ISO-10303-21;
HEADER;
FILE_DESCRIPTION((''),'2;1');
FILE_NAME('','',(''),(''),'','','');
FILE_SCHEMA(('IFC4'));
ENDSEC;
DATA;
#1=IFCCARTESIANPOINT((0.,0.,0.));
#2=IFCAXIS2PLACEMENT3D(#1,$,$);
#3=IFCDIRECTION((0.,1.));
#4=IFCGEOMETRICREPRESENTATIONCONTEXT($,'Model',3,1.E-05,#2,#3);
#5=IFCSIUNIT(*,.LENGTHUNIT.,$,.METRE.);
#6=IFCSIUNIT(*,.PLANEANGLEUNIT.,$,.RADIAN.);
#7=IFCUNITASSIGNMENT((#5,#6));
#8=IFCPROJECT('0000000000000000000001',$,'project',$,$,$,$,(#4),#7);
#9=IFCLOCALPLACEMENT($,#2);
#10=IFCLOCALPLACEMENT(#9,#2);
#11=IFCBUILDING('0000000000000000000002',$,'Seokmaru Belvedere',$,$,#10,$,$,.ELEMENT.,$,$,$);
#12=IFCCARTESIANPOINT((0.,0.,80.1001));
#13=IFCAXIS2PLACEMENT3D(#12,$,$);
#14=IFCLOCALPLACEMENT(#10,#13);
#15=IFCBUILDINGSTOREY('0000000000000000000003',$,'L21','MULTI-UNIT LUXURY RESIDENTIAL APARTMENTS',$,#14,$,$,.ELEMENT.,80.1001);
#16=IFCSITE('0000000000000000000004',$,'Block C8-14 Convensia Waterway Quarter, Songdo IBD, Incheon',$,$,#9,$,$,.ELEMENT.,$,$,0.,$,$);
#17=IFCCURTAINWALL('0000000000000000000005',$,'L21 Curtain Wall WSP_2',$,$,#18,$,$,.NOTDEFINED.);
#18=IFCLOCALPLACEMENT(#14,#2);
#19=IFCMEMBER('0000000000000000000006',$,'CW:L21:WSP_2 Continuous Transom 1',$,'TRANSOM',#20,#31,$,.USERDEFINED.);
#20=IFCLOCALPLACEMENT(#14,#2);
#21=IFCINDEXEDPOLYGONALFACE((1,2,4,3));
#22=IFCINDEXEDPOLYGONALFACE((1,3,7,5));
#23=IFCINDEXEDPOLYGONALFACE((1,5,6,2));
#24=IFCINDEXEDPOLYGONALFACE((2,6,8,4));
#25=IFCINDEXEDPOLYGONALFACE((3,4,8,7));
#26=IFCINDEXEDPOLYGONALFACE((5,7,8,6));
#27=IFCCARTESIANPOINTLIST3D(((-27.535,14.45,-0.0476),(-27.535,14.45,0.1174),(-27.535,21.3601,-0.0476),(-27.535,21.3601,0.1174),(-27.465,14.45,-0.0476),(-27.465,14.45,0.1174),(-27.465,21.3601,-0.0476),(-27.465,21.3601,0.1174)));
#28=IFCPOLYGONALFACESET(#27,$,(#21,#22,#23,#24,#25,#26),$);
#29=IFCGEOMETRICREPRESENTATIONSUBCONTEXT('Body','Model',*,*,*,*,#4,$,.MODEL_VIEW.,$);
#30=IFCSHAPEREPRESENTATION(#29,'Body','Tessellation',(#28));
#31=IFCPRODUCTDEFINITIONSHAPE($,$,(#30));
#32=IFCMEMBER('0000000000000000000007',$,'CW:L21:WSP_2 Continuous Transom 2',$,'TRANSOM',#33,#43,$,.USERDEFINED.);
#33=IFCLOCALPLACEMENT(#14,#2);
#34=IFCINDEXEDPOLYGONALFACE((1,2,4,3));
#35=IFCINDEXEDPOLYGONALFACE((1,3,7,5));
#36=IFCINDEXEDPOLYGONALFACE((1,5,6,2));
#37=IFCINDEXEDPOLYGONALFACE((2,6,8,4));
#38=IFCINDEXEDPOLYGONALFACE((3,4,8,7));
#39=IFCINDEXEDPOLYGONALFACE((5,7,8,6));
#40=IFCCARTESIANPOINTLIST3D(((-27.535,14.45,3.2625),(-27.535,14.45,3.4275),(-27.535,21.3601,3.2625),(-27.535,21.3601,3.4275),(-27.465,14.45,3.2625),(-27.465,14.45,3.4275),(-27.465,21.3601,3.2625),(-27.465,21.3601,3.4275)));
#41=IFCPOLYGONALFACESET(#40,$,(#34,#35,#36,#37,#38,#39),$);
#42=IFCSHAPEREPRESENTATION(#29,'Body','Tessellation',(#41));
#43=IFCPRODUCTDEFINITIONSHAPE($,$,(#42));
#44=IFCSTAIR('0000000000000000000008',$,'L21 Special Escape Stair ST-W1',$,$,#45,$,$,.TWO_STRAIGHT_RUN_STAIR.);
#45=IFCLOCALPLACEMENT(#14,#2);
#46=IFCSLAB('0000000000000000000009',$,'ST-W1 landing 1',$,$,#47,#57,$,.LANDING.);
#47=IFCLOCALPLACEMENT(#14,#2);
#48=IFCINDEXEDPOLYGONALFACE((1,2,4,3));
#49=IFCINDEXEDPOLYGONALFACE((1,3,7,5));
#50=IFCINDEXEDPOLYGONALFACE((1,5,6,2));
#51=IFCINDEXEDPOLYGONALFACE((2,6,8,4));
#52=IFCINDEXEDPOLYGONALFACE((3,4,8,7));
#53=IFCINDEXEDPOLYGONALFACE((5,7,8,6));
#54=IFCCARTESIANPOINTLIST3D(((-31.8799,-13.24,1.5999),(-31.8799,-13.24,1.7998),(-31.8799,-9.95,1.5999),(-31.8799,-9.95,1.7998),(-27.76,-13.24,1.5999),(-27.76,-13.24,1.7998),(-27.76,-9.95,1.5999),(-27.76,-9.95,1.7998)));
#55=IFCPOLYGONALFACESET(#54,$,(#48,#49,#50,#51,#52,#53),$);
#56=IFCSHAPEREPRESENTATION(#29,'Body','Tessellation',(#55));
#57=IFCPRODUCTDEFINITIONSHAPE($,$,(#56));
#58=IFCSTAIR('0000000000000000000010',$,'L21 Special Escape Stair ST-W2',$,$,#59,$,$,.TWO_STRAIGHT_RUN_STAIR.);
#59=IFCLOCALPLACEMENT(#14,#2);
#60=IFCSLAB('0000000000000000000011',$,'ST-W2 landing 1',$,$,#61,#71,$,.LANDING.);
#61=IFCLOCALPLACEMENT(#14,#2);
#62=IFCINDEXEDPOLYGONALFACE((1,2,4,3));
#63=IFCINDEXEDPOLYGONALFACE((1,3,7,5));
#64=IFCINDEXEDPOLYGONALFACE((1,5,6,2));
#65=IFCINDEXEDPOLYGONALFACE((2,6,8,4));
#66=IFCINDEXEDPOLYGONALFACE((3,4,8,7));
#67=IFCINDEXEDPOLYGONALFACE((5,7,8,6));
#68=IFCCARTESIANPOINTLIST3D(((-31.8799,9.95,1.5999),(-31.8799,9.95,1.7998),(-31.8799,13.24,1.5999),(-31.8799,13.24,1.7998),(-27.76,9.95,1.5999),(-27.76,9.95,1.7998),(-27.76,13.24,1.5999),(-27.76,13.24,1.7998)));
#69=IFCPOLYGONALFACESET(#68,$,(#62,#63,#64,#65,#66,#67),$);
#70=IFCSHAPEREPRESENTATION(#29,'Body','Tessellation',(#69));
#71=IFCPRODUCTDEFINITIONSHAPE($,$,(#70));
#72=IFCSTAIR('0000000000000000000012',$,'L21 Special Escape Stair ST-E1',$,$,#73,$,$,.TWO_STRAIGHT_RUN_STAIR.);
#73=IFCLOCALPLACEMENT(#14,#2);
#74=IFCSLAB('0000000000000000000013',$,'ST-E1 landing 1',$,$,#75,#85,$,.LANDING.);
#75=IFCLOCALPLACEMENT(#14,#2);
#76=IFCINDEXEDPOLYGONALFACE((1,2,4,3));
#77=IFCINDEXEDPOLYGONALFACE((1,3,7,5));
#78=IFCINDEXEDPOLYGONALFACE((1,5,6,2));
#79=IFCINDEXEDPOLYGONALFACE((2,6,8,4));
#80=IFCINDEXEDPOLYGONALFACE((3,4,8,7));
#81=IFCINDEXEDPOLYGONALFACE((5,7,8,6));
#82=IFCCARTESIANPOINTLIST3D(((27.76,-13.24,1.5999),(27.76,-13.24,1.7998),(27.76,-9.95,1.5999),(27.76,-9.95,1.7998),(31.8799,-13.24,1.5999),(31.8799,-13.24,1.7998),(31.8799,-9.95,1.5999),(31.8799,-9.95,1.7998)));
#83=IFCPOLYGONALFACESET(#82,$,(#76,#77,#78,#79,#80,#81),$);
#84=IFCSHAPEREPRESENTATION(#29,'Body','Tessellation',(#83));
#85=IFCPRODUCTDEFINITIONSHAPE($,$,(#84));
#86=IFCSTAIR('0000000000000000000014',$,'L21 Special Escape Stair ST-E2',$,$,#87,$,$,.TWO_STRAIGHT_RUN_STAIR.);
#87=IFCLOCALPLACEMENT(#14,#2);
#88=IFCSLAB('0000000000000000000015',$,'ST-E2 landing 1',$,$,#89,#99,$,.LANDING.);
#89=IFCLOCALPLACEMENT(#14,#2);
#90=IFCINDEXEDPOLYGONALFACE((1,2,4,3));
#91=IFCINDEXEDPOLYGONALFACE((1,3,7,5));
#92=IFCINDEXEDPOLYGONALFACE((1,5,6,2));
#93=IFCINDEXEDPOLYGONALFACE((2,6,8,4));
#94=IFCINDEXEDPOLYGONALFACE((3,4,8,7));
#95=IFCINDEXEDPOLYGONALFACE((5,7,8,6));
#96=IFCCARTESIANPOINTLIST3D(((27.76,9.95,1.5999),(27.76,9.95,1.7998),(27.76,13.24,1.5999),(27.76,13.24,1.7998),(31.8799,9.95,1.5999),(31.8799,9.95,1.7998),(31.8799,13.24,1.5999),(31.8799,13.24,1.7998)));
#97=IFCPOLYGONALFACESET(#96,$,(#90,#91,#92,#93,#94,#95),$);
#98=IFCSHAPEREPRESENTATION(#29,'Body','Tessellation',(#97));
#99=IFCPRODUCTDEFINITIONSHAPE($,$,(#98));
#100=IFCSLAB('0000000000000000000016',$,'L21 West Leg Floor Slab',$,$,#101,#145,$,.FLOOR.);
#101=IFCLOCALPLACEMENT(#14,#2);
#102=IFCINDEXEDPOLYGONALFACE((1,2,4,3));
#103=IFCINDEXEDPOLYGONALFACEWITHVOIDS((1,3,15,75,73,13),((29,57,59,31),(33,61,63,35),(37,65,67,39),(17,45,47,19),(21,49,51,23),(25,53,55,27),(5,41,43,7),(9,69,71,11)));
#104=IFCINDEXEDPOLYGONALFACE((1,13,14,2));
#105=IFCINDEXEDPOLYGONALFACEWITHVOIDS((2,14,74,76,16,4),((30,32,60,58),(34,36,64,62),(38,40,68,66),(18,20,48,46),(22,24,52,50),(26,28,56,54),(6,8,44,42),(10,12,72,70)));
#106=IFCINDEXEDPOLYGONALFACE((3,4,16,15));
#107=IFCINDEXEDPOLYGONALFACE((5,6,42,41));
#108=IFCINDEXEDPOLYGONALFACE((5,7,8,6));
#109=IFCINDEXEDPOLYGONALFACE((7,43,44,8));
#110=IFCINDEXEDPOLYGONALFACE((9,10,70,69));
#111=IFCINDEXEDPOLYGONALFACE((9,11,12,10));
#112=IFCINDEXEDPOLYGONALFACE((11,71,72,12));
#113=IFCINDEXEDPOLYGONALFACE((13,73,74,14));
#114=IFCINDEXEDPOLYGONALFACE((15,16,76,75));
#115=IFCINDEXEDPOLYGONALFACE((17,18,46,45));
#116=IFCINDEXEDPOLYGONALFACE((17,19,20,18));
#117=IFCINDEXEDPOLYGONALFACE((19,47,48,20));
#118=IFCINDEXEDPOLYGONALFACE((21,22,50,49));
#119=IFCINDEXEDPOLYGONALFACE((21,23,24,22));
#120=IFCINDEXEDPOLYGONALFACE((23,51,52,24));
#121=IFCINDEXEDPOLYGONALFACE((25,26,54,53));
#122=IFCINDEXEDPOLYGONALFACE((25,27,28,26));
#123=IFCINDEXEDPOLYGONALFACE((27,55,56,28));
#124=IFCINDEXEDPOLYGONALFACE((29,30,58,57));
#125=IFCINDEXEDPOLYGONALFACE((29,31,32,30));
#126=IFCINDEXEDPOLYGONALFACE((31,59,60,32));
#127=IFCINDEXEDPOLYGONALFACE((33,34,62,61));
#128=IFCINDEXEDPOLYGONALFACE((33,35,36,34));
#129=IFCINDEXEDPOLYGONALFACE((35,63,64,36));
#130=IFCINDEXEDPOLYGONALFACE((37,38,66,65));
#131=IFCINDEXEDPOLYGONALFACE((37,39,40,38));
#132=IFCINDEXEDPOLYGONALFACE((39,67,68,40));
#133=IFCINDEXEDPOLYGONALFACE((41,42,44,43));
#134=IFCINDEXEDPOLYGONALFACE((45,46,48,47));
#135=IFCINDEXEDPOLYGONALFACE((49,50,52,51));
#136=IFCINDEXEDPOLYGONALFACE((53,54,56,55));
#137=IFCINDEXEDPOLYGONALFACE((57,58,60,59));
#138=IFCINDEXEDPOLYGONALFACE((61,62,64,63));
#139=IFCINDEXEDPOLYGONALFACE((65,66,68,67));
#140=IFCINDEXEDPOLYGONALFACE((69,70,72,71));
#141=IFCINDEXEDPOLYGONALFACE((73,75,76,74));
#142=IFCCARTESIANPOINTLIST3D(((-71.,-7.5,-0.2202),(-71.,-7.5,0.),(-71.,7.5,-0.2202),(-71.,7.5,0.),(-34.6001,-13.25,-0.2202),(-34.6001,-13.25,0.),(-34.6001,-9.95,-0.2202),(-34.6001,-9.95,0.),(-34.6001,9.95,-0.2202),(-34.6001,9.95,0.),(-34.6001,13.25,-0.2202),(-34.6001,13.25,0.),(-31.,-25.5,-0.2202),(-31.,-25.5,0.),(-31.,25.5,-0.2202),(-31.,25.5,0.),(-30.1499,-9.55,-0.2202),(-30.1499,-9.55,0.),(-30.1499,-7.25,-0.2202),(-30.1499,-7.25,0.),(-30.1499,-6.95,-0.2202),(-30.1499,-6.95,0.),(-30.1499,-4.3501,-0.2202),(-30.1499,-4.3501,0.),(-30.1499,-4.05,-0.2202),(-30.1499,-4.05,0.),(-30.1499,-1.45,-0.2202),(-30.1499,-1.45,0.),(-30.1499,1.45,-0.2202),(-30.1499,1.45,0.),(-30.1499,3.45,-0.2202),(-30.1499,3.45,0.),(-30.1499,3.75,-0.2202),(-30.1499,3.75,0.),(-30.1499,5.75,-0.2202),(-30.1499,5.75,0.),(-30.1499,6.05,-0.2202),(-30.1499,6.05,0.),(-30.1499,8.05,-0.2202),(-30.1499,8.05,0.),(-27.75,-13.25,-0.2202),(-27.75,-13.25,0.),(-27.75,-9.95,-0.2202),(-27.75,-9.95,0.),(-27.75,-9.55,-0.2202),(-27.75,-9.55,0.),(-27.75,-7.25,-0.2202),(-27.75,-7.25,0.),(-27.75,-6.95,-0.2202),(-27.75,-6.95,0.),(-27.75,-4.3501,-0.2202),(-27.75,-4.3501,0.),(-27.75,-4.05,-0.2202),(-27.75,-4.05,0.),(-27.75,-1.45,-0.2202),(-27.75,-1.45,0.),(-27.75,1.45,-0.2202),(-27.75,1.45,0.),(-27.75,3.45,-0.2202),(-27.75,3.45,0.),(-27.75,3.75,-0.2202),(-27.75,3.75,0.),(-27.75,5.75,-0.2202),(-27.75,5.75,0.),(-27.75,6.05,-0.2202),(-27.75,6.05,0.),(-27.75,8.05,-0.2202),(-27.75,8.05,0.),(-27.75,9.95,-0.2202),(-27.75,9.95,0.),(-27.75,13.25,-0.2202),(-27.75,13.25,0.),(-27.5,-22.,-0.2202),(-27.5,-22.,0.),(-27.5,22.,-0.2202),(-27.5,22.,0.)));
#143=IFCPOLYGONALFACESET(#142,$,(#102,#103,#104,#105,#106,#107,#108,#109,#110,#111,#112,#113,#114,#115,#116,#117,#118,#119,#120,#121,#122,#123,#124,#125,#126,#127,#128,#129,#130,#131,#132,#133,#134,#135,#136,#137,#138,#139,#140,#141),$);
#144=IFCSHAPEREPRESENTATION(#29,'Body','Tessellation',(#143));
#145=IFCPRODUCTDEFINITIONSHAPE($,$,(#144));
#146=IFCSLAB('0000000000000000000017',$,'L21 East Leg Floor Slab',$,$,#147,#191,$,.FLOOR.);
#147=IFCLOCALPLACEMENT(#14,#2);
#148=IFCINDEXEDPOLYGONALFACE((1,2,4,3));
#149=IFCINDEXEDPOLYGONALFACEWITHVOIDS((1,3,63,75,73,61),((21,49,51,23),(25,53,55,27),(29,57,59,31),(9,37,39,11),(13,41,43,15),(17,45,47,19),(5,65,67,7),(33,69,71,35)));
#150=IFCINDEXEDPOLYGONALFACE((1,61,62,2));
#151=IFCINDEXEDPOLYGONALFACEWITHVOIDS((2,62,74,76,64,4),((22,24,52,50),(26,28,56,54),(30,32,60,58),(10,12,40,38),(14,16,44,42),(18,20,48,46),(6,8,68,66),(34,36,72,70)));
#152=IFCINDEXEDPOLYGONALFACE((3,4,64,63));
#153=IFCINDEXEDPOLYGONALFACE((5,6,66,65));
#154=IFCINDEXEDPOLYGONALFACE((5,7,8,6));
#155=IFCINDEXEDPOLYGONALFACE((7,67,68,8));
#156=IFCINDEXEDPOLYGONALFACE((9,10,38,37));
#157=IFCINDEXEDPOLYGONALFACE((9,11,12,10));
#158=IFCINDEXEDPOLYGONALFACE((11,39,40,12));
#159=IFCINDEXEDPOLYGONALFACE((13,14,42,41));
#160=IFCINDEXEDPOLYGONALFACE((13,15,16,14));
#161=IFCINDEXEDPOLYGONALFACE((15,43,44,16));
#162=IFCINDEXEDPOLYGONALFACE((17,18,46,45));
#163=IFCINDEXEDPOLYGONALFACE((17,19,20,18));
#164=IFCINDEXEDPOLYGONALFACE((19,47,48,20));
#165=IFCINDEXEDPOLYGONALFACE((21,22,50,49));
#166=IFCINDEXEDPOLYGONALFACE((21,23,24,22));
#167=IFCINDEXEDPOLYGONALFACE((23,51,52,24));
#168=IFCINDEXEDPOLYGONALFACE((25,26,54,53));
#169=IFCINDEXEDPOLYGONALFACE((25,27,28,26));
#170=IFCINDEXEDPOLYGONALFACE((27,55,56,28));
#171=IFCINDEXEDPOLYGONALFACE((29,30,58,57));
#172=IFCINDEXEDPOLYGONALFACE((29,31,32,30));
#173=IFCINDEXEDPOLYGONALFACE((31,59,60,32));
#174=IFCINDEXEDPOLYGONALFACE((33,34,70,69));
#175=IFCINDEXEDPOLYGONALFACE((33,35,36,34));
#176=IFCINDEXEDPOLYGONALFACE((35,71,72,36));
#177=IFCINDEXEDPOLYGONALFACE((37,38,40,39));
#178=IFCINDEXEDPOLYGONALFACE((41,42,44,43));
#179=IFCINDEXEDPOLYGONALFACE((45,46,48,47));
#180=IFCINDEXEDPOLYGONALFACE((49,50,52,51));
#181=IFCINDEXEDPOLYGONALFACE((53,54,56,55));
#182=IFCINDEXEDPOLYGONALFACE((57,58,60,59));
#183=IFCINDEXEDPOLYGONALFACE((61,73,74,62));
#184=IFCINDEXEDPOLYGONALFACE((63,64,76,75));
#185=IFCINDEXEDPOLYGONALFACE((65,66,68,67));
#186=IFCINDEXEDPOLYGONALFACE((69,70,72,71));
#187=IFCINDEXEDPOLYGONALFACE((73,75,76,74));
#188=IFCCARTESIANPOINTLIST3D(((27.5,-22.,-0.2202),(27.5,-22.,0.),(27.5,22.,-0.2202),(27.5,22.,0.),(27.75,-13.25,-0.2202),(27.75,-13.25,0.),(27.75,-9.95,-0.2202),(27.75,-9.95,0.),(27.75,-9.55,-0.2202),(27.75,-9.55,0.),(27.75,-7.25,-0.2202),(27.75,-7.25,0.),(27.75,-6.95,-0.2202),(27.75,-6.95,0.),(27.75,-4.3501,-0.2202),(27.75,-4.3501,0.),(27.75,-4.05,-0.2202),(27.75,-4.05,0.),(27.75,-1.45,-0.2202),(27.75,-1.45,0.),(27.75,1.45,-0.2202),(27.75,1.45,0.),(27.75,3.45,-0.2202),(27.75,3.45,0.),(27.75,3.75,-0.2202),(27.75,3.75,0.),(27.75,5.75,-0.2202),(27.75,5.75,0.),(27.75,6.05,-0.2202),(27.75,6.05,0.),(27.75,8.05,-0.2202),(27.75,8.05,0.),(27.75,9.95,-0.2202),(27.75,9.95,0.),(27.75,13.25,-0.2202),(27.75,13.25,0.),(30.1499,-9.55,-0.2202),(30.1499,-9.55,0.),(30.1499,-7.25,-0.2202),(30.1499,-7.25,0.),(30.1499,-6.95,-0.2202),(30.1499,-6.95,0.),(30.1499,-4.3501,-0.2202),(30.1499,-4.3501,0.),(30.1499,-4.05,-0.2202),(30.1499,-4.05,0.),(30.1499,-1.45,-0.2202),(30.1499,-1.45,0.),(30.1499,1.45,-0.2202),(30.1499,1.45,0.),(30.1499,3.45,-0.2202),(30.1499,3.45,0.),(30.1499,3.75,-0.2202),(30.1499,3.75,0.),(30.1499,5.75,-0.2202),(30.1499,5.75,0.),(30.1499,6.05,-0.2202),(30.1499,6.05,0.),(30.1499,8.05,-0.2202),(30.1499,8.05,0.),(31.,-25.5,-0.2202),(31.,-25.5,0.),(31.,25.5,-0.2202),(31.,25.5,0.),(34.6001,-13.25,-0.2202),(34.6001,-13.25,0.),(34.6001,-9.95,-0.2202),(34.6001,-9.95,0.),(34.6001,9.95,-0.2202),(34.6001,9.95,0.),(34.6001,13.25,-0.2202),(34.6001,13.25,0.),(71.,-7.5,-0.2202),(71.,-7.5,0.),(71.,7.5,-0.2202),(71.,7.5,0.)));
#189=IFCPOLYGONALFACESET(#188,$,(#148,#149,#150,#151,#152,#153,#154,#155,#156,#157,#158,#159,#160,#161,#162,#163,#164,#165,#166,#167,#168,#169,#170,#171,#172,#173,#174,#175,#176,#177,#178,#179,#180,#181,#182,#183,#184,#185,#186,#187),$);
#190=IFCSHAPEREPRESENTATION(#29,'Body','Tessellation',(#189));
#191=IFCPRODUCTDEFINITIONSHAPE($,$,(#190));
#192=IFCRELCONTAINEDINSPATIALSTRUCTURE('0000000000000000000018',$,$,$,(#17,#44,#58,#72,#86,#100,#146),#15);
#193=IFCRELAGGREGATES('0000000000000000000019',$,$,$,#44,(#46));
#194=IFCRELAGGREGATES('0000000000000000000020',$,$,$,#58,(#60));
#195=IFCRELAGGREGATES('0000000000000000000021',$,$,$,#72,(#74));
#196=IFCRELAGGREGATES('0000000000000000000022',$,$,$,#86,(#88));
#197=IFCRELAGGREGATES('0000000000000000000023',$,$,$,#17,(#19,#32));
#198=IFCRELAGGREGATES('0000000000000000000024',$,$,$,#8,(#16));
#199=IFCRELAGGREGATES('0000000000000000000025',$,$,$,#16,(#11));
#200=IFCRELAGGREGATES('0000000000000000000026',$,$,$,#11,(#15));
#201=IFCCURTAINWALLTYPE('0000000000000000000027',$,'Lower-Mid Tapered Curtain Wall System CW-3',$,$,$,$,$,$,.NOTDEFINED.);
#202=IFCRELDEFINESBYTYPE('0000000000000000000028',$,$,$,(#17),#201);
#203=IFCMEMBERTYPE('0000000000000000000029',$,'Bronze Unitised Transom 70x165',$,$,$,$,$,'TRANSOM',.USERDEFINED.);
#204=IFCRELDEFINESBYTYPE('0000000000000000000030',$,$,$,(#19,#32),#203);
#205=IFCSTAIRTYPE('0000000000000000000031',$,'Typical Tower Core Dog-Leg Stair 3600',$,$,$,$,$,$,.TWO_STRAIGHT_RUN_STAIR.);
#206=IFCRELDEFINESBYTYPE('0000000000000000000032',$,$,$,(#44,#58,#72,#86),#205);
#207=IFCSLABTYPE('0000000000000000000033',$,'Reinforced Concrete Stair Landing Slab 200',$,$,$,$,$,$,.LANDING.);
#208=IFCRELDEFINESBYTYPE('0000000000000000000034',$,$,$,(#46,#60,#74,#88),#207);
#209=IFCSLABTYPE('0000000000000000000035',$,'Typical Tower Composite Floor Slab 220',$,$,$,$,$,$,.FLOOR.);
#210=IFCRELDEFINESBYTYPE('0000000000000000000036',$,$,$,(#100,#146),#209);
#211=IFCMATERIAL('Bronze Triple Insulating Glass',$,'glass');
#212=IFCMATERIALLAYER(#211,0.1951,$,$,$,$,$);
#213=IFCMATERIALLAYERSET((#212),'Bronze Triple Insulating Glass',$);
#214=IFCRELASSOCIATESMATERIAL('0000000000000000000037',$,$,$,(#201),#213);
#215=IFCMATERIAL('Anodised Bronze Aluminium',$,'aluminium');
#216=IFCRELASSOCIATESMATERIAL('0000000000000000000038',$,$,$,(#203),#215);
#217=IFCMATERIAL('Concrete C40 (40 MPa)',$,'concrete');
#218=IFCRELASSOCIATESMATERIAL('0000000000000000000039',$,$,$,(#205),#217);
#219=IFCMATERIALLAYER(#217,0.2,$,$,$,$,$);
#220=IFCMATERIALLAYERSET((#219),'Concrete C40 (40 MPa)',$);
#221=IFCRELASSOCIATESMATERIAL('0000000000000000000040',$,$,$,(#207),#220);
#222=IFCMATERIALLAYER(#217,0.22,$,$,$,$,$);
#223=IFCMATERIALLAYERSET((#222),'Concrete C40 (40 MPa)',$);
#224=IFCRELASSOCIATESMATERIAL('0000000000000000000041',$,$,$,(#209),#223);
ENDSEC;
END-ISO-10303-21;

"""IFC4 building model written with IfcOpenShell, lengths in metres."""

from ifc_helpers import new_model, si_unit, direction, frame, origin, origin_2d, place, context, subcontext, project, spatial, polyline, rectangle, outline, extrude, source, transform, mapped, material, layer, layer_set, material_profile, profile_set, type_object, type_shapes, element, aggregate, save


model = new_model("IFC4")

# Units and contexts
model_context = context("Model", 3, precision=1e-05, world=origin(), true_north=direction((0.0, 1.0)))
body_context = subcontext(model_context, "Body", "Model", "MODEL_VIEW")
ifc_project = project(units=[si_unit("LENGTHUNIT", "METRE"), si_unit("PLANEANGLEUNIT", "RADIAN")], contexts=[model_context])

# Site, building, storey
site_placement = place(None, origin())
site = spatial("IfcSite", under=ifc_project, at=site_placement, Name="Block C8-14 Convensia Waterway Quarter, Songdo IBD, Incheon", CompositionType="ELEMENT", RefElevation=0.0)
building_placement = place(site_placement, origin())
building = spatial("IfcBuilding", under=site, at=building_placement, Name="Seokmaru Belvedere", CompositionType="ELEMENT")
storey_placement = place(building_placement, frame((0.0, 0.0, 80.1001)))
storey = spatial("IfcBuildingStorey", under=building, at=storey_placement, Name="L21", Description="MULTI-UNIT LUXURY RESIDENTIAL APARTMENTS", CompositionType="ELEMENT", Elevation=80.1001)

# Curtain wall
ifc_material_1 = material(Name="Bronze Triple Insulating Glass", Category="glass")
ifc_layer_1 = layer(ifc_material_1, 0.1951)
ifc_layer_set_1 = layer_set([ifc_layer_1], Name="Bronze Triple Insulating Glass")
curtain_wall_type = type_object("IfcCurtainWallType", Name="Lower-Mid Tapered Curtain Wall System CW-3", PredefinedType="NOTDEFINED", material=ifc_layer_set_1)
ifc_material_2 = material(Name="Anodised Bronze Aluminium", Category="aluminium")
curtain_wall_1_placement = place(storey_placement, origin())
curtain_wall_1 = element("IfcCurtainWall", 1, at=curtain_wall_1_placement, inside=storey, type_object=curtain_wall_type, Name="L21 Curtain Wall WSP_2", PredefinedType="NOTDEFINED")

# Members
ifc_material_profile_1 = material_profile(ifc_material_2, rectangle(XDim=0.0701, YDim=0.165, at=origin_2d()), Name="CW-T-70x165")
ifc_profile_set_1 = profile_set([ifc_material_profile_1], Name="Anodised Bronze Aluminium")
member_type_1 = type_object("IfcMemberType", Name="Bronze Unitised Transom 70x165", ElementType="TRANSOM", PredefinedType="USERDEFINED", material=ifc_profile_set_1)
shared_shape_1 = source(origin(), body_context, "Body", "SweptSolid", [
    extrude(rectangle(XDim=0.0701, YDim=0.165, at=origin_2d()), origin(), (0.0, 0.0, 1.0), 6.9102),
])
type_shapes(member_type_1, [shared_shape_1])
member_1_placement = place(storey_placement, frame((-27.5, 14.45, 0.0349), z_axis=(0.0, 1.0, 0.0), x_axis=(-1.0, 0.0, 0.0)))
member_1 = element("IfcMember", 2, at=member_1_placement, type_object=member_type_1, Name="CW:L21:WSP_2 Continuous Transom 1", ObjectType="TRANSOM", PredefinedType="USERDEFINED", context=body_context, shape_type="MappedRepresentation", body=[
    mapped(shared_shape_1, transform((0.0, 0.0, 0.0), scale=1.0)),
])
member_2_placement = place(storey_placement, frame((-27.5, 14.45, 3.345), z_axis=(0.0, 1.0, 0.0), x_axis=(-1.0, 0.0, 0.0)))
member_2 = element("IfcMember", 3, at=member_2_placement, type_object=member_type_1, Name="CW:L21:WSP_2 Continuous Transom 2", ObjectType="TRANSOM", PredefinedType="USERDEFINED", context=body_context, shape_type="MappedRepresentation", body=[
    mapped(shared_shape_1, transform((0.0, 0.0, 0.0), scale=1.0)),
])

# Stairs, slabs
ifc_material_3 = material(Name="Concrete C40 (40 MPa)", Category="concrete")
stair_type = type_object("IfcStairType", Name="Typical Tower Core Dog-Leg Stair 3600", PredefinedType="TWO_STRAIGHT_RUN_STAIR", material=ifc_material_3)
stair_1_placement = place(storey_placement, origin())
stair_1 = element("IfcStair", 4, at=stair_1_placement, inside=storey, type_object=stair_type, Name="L21 Special Escape Stair ST-W1", PredefinedType="TWO_STRAIGHT_RUN_STAIR")
ifc_layer_2 = layer(ifc_material_3, 0.2)
ifc_layer_set_2 = layer_set([ifc_layer_2], Name="Concrete C40 (40 MPa)")
slab_type_1 = type_object("IfcSlabType", Name="Reinforced Concrete Stair Landing Slab 200", PredefinedType="LANDING", material=ifc_layer_set_2)
slab_1_placement = place(storey_placement, frame((0.0, 0.0, 1.5999)))
slab_1 = element("IfcSlab", 5, at=slab_1_placement, type_object=slab_type_1, Name="ST-W1 landing 1", PredefinedType="LANDING", context=body_context, shape_type="SweptSolid", body=[
    extrude(outline(polyline([(-31.8799, -13.24), (-27.76, -13.24), (-27.76, -9.95), (-31.8799, -9.95), (-31.8799, -13.24)])), origin(), (0.0, 0.0, 1.0), 0.2),
])
aggregate(stair_1, [slab_1])
stair_2_placement = place(storey_placement, origin())
stair_2 = element("IfcStair", 6, at=stair_2_placement, inside=storey, type_object=stair_type, Name="L21 Special Escape Stair ST-W2", PredefinedType="TWO_STRAIGHT_RUN_STAIR")
slab_2_placement = place(storey_placement, frame((0.0, 0.0, 1.5999)))
slab_2 = element("IfcSlab", 7, at=slab_2_placement, type_object=slab_type_1, Name="ST-W2 landing 1", PredefinedType="LANDING", context=body_context, shape_type="SweptSolid", body=[
    extrude(outline(polyline([(-31.8799, 9.95), (-27.76, 9.95), (-27.76, 13.24), (-31.8799, 13.24), (-31.8799, 9.95)])), origin(), (0.0, 0.0, 1.0), 0.2),
])
aggregate(stair_2, [slab_2])
stair_3_placement = place(storey_placement, origin())
stair_3 = element("IfcStair", 8, at=stair_3_placement, inside=storey, type_object=stair_type, Name="L21 Special Escape Stair ST-E1", PredefinedType="TWO_STRAIGHT_RUN_STAIR")
slab_3_placement = place(storey_placement, frame((0.0, 0.0, 1.5999)))
slab_3 = element("IfcSlab", 9, at=slab_3_placement, type_object=slab_type_1, Name="ST-E1 landing 1", PredefinedType="LANDING", context=body_context, shape_type="SweptSolid", body=[
    extrude(outline(polyline([(27.76, -13.24), (31.8799, -13.24), (31.8799, -9.95), (27.76, -9.95), (27.76, -13.24)])), origin(), (0.0, 0.0, 1.0), 0.2),
])
aggregate(stair_3, [slab_3])
stair_4_placement = place(storey_placement, origin())
stair_4 = element("IfcStair", 10, at=stair_4_placement, inside=storey, type_object=stair_type, Name="L21 Special Escape Stair ST-E2", PredefinedType="TWO_STRAIGHT_RUN_STAIR")
slab_4_placement = place(storey_placement, frame((0.0, 0.0, 1.5999)))
slab_4 = element("IfcSlab", 11, at=slab_4_placement, type_object=slab_type_1, Name="ST-E2 landing 1", PredefinedType="LANDING", context=body_context, shape_type="SweptSolid", body=[
    extrude(outline(polyline([(27.76, 9.95), (31.8799, 9.95), (31.8799, 13.24), (27.76, 13.24), (27.76, 9.95)])), origin(), (0.0, 0.0, 1.0), 0.2),
])
aggregate(stair_4, [slab_4])

# Slabs
ifc_layer_3 = layer(ifc_material_3, 0.22)
ifc_layer_set_3 = layer_set([ifc_layer_3], Name="Concrete C40 (40 MPa)")
slab_type_2 = type_object("IfcSlabType", Name="Typical Tower Composite Floor Slab 220", PredefinedType="FLOOR", material=ifc_layer_set_3)
slab_5_placement = place(storey_placement, frame((0.0, 0.0, -0.2202)))
element("IfcSlab", 12, at=slab_5_placement, inside=storey, type_object=slab_type_2, Name="L21 West Leg Floor Slab", PredefinedType="FLOOR", context=body_context, shape_type="SweptSolid", body=[
    extrude(outline(polyline([(-27.5, -22.0), (-27.5, 22.0), (-31.0, 25.5), (-71.0, 7.5), (-71.0, -7.5), (-31.0, -25.5), (-27.5, -22.0)]), holes=[polyline([(-34.6001, -13.25), (-27.75, -13.25), (-27.75, -9.95), (-34.6001, -9.95), (-34.6001, -13.25)]), polyline([(-34.6001, 9.95), (-27.75, 9.95), (-27.75, 13.25), (-34.6001, 13.25), (-34.6001, 9.95)]), polyline([(-30.1499, -9.55), (-27.75, -9.55), (-27.75, -7.25), (-30.1499, -7.25), (-30.1499, -9.55)]), polyline([(-30.1499, -6.95), (-27.75, -6.95), (-27.75, -4.3501), (-30.1499, -4.3501), (-30.1499, -6.95)]), polyline([(-30.1499, -4.05), (-27.75, -4.05), (-27.75, -1.45), (-30.1499, -1.45), (-30.1499, -4.05)]), polyline([(-30.1499, 1.45), (-27.75, 1.45), (-27.75, 3.45), (-30.1499, 3.45), (-30.1499, 1.45)]), polyline([(-30.1499, 3.75), (-27.75, 3.75), (-27.75, 5.75), (-30.1499, 5.75), (-30.1499, 3.75)]), polyline([(-30.1499, 6.05), (-27.75, 6.05), (-27.75, 8.05), (-30.1499, 8.05), (-30.1499, 6.05)])]), origin(), (0.0, 0.0, 1.0), 0.2202),
])
slab_6_placement = place(storey_placement, frame((0.0, 0.0, -0.2202)))
element("IfcSlab", 13, at=slab_6_placement, inside=storey, type_object=slab_type_2, Name="L21 East Leg Floor Slab", PredefinedType="FLOOR", context=body_context, shape_type="SweptSolid", body=[
    extrude(outline(polyline([(31.0, -25.5), (71.0, -7.5), (71.0, 7.5), (31.0, 25.5), (27.5, 22.0), (27.5, -22.0), (31.0, -25.5)]), holes=[polyline([(27.75, -13.25), (34.6001, -13.25), (34.6001, -9.95), (27.75, -9.95), (27.75, -13.25)]), polyline([(27.75, 9.95), (34.6001, 9.95), (34.6001, 13.25), (27.75, 13.25), (27.75, 9.95)]), polyline([(27.75, -9.55), (30.1499, -9.55), (30.1499, -7.25), (27.75, -7.25), (27.75, -9.55)]), polyline([(27.75, -6.95), (30.1499, -6.95), (30.1499, -4.3501), (27.75, -4.3501), (27.75, -6.95)]), polyline([(27.75, -4.05), (30.1499, -4.05), (30.1499, -1.45), (27.75, -1.45), (27.75, -4.05)]), polyline([(27.75, 1.45), (30.1499, 1.45), (30.1499, 3.45), (27.75, 3.45), (27.75, 1.45)]), polyline([(27.75, 3.75), (30.1499, 3.75), (30.1499, 5.75), (27.75, 5.75), (27.75, 3.75)]), polyline([(27.75, 6.05), (30.1499, 6.05), (30.1499, 8.05), (27.75, 8.05), (27.75, 6.05)])]), origin(), (0.0, 0.0, 1.0), 0.2202),
])

aggregate(curtain_wall_1, [member_1, member_2])

save(model, "model.ifc")
